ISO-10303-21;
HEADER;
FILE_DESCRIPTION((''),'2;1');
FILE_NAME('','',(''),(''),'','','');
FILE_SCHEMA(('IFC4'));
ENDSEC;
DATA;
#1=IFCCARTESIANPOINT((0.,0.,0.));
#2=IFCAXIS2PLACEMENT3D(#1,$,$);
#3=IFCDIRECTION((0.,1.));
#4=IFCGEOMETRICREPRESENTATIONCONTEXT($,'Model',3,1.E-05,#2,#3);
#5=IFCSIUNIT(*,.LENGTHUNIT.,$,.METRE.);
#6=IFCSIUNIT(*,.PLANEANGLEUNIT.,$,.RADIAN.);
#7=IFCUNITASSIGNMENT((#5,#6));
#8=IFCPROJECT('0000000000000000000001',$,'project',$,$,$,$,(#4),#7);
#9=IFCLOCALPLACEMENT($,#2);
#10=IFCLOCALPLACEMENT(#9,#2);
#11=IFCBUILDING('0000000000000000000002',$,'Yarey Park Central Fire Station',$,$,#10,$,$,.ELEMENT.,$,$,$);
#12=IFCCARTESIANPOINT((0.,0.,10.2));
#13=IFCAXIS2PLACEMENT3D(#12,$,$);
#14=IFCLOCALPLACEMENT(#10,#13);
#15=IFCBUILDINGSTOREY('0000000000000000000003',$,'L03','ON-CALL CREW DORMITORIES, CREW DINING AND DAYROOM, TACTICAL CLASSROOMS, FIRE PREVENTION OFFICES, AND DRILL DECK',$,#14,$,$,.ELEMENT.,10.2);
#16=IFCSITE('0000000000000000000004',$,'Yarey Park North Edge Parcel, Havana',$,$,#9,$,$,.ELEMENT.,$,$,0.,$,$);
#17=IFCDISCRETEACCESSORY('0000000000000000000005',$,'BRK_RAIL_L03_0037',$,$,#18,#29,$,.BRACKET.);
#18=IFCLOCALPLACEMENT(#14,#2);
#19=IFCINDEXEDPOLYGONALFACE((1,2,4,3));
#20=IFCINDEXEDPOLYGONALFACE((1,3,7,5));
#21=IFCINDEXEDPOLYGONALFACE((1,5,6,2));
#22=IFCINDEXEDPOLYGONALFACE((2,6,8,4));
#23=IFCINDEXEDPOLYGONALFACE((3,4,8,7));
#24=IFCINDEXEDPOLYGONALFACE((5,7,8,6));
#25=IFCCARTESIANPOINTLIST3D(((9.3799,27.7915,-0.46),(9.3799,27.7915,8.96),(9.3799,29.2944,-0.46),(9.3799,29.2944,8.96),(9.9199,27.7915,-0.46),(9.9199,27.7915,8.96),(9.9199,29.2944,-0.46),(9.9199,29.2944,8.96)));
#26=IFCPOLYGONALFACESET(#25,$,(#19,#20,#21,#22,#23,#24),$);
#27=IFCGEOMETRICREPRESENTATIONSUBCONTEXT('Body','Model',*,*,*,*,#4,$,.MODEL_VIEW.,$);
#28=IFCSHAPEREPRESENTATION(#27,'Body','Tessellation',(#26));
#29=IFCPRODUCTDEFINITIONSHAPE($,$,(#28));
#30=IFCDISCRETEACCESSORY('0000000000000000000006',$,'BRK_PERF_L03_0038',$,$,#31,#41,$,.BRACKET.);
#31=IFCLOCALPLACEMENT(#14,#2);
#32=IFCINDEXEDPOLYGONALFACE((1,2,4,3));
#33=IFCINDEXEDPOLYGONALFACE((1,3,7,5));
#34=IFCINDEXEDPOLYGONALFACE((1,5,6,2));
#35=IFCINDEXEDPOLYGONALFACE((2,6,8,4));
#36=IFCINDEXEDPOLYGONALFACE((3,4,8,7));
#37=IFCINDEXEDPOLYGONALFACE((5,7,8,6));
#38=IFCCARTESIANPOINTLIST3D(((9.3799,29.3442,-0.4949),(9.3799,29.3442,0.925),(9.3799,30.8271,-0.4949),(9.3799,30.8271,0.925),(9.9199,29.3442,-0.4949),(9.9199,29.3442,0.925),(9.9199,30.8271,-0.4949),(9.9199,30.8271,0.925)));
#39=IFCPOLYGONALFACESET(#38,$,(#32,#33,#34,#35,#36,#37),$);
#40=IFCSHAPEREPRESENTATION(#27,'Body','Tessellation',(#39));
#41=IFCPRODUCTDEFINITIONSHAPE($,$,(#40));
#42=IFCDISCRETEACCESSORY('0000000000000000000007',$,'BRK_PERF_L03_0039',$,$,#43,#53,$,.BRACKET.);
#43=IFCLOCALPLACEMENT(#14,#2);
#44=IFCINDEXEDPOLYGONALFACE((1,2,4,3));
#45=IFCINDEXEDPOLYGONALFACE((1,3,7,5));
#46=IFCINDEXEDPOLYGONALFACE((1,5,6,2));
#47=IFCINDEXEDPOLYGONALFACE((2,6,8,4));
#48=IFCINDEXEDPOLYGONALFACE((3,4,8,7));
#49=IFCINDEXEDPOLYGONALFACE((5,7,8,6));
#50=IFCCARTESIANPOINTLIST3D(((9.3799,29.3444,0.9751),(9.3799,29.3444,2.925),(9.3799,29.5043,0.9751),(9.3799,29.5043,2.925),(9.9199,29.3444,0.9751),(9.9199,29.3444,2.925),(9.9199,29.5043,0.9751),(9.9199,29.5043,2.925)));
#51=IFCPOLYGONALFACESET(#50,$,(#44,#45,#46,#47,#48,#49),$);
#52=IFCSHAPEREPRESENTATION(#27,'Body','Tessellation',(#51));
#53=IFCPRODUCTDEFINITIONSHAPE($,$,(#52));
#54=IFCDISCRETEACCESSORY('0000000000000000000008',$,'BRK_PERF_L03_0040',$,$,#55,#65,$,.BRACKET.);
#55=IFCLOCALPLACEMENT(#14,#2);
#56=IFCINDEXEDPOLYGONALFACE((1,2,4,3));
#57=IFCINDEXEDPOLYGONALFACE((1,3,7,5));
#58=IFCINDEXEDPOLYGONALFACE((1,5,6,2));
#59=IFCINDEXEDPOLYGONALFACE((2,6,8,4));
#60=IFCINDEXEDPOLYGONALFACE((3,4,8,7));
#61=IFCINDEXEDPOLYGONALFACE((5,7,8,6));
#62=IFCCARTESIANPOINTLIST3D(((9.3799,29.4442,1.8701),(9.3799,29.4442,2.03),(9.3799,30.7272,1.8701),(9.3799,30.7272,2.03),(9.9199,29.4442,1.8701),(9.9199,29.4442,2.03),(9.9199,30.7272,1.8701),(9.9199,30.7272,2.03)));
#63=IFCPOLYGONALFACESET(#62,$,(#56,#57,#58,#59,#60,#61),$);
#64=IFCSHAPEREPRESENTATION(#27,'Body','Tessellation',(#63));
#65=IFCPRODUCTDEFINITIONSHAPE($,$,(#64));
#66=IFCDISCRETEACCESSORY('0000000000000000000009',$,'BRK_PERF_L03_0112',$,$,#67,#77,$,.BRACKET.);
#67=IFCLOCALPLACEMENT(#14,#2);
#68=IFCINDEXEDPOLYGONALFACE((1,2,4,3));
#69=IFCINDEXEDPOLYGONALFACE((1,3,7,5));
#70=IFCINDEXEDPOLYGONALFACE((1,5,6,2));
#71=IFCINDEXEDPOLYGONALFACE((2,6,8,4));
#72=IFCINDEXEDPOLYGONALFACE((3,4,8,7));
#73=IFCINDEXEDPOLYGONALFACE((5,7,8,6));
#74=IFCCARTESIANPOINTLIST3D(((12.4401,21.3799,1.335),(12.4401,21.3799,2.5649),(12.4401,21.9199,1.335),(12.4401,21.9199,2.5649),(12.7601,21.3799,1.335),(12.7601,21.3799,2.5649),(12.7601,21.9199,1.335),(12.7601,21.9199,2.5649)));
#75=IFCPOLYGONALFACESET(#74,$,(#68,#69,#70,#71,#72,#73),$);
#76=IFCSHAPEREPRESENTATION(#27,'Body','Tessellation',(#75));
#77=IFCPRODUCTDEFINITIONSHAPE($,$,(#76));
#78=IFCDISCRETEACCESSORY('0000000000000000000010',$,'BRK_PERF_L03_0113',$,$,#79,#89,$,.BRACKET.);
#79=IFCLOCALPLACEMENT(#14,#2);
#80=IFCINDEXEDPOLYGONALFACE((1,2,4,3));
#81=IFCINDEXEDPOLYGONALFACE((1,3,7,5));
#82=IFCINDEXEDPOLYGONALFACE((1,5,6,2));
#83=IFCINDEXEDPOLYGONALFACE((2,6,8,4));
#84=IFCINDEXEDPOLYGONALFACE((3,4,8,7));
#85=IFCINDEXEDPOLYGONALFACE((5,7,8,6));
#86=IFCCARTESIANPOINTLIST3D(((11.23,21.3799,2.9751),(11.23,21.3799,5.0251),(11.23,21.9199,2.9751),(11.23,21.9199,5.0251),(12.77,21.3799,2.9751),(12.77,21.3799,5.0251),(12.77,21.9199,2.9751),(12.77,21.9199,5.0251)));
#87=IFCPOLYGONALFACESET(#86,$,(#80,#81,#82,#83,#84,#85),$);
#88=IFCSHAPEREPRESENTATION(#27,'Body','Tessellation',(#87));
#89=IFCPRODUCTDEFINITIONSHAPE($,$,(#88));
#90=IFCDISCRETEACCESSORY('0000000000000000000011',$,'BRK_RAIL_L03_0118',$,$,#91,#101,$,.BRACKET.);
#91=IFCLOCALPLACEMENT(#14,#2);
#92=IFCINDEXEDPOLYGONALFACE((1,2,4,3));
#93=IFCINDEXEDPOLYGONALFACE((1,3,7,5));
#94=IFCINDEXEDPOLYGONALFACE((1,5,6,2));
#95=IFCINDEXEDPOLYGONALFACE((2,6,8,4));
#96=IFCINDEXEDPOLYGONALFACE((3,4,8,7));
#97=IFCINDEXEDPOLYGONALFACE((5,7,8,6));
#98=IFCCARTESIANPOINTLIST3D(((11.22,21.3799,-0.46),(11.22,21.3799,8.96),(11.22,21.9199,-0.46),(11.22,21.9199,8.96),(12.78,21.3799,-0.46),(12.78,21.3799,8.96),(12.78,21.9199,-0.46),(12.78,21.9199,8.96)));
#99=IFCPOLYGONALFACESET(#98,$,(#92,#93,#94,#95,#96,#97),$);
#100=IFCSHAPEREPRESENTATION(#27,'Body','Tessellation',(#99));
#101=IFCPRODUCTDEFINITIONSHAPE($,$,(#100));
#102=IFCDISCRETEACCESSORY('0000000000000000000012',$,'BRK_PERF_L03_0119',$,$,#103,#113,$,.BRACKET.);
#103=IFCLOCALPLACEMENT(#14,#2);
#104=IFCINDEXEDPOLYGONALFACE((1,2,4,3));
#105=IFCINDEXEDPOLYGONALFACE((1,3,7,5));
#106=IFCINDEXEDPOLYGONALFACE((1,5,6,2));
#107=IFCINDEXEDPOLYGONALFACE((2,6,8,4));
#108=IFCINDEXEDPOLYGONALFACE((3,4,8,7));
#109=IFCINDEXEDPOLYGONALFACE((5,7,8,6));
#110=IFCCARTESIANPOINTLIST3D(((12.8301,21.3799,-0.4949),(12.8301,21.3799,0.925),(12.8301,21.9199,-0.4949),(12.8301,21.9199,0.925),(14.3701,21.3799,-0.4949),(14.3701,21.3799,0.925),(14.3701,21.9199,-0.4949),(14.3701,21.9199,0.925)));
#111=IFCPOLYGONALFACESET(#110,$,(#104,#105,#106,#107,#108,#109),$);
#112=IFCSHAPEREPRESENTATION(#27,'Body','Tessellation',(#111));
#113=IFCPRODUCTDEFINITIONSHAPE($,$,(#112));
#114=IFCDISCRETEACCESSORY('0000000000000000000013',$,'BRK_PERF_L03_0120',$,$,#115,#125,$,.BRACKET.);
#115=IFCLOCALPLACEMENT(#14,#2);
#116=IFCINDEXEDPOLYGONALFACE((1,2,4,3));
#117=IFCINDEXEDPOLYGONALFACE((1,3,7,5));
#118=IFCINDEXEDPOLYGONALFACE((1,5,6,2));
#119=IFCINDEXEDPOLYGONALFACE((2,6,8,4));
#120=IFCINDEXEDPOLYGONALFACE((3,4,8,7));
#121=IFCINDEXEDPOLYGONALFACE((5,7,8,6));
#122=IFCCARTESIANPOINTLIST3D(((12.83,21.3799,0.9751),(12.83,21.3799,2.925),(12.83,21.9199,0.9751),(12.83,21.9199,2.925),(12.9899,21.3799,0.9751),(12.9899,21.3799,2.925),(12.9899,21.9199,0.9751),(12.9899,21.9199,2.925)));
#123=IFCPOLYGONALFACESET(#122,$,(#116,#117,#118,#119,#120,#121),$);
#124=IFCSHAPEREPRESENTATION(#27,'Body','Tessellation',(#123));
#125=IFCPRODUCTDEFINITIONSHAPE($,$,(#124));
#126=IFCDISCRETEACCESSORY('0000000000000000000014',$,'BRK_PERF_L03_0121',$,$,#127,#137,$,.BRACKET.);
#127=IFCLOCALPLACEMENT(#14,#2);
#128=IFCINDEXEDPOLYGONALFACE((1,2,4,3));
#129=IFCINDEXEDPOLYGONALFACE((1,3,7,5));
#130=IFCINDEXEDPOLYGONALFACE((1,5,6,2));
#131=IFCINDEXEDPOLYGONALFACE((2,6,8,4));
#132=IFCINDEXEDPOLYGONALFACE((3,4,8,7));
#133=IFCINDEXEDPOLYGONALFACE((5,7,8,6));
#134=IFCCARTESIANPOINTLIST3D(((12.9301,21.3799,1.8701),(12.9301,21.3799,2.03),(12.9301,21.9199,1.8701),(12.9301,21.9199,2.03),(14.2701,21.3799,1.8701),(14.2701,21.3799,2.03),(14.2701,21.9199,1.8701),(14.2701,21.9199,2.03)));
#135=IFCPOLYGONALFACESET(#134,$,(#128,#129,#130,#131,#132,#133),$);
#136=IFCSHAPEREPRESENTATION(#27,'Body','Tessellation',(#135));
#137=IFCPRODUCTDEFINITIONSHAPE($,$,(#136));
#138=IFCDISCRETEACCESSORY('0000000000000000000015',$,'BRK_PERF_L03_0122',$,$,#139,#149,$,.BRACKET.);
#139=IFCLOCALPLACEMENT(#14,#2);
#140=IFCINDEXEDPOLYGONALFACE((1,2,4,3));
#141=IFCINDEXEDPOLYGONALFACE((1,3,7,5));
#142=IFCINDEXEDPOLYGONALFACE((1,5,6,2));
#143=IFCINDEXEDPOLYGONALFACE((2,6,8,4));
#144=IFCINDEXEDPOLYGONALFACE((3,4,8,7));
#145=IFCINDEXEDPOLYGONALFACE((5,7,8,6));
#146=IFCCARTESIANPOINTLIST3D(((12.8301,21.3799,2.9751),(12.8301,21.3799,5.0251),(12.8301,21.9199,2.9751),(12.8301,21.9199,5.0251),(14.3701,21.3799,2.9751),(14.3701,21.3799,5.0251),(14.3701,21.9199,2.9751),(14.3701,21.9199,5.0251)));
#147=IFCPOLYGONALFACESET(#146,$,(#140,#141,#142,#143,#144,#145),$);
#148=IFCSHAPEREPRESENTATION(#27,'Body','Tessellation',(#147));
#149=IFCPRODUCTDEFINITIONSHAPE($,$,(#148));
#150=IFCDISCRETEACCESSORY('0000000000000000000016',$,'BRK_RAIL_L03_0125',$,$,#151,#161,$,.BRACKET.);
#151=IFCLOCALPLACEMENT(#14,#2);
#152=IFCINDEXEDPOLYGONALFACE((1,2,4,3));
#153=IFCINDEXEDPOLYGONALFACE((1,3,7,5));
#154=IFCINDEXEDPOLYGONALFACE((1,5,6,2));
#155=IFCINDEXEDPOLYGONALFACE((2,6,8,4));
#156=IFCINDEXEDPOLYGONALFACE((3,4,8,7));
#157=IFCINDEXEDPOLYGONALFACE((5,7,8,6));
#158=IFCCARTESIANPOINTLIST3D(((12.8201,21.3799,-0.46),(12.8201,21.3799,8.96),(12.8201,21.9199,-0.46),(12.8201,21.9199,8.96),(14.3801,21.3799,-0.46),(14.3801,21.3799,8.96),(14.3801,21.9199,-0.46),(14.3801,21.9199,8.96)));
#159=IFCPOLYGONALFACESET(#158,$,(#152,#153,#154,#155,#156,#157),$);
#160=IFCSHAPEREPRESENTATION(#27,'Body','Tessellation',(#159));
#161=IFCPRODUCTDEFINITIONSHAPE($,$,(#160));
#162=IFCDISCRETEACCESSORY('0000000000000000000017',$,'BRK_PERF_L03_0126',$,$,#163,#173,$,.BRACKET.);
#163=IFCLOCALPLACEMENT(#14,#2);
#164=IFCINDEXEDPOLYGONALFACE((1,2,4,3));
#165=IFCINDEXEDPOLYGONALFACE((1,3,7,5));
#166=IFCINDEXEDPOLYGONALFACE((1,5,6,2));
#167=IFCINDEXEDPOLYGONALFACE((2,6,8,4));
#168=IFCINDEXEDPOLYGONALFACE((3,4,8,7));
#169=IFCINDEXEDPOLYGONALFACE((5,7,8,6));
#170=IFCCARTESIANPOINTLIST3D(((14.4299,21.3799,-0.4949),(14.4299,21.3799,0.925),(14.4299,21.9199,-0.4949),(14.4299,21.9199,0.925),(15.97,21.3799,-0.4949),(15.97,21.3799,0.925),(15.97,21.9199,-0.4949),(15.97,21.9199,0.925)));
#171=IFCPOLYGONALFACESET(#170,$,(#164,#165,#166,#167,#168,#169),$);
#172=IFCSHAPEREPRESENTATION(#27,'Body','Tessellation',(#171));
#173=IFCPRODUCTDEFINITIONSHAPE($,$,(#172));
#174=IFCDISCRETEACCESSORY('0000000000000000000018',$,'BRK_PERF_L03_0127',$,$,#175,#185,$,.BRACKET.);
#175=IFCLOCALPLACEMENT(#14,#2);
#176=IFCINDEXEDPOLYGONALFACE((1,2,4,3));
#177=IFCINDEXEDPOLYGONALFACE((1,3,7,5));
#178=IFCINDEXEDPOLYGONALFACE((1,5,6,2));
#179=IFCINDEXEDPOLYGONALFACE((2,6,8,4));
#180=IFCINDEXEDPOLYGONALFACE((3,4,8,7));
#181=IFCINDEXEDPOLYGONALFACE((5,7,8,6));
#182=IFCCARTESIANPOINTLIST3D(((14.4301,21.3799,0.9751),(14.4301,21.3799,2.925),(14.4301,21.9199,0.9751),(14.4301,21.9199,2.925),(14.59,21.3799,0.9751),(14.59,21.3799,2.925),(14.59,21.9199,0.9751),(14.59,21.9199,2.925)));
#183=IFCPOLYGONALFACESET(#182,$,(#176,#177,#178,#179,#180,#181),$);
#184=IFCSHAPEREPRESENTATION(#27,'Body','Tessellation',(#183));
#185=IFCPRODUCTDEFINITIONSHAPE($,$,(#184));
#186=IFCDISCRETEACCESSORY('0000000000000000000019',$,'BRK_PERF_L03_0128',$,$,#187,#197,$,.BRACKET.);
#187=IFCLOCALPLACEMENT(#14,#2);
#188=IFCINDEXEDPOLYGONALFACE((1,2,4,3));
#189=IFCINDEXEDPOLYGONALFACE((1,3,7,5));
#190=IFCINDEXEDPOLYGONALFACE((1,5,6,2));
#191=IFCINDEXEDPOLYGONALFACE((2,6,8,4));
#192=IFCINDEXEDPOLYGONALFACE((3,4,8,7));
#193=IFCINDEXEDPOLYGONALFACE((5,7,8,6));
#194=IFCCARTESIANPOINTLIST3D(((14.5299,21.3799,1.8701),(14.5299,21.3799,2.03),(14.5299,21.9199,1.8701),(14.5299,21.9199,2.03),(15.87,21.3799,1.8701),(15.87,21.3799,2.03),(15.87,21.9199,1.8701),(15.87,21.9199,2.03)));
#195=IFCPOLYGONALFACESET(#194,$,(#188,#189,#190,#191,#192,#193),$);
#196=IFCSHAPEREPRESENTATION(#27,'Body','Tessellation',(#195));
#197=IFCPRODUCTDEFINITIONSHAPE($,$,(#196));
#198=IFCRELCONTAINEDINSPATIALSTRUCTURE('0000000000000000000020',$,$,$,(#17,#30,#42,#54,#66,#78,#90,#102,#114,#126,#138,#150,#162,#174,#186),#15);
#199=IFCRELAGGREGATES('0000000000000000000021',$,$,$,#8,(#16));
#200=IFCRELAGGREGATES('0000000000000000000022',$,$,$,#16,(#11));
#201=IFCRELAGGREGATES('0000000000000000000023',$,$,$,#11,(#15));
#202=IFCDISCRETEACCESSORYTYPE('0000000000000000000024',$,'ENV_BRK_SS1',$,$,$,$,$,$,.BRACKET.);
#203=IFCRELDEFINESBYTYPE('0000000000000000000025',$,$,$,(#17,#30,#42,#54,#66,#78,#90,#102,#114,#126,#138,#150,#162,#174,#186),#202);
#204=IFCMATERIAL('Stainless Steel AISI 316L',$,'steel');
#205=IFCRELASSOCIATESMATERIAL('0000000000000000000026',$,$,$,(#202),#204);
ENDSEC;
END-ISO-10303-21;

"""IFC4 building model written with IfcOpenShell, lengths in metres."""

from ifc_helpers import new_model, si_unit, direction, frame, origin, origin_2d, place, context, subcontext, project, spatial, rectangle, extrude, material, type_object, element, save


model = new_model("IFC4")

# Units and contexts
model_context = context("Model", 3, precision=1e-05, world=origin(), true_north=direction((0.0, 1.0)))
body_context = subcontext(model_context, "Body", "Model", "MODEL_VIEW")
ifc_project = project(units=[si_unit("LENGTHUNIT", "METRE"), si_unit("PLANEANGLEUNIT", "RADIAN")], contexts=[model_context])

# Site, building, storey
site_placement = place(None, origin())
site = spatial("IfcSite", under=ifc_project, at=site_placement, Name="Yarey Park North Edge Parcel, Havana", CompositionType="ELEMENT", RefElevation=0.0)
building_placement = place(site_placement, origin())
building = spatial("IfcBuilding", under=site, at=building_placement, Name="Yarey Park Central Fire Station", CompositionType="ELEMENT")
storey_placement = place(building_placement, frame((0.0, 0.0, 10.2)))
storey = spatial("IfcBuildingStorey", under=building, at=storey_placement, Name="L03", Description="ON-CALL CREW DORMITORIES, CREW DINING AND DAYROOM, TACTICAL CLASSROOMS, FIRE PREVENTION OFFICES, AND DRILL DECK", CompositionType="ELEMENT", Elevation=10.2)

# Discrete accessories
ifc_material_1 = material(Name="Stainless Steel AISI 316L", Category="steel")
discrete_accessory_type = type_object("IfcDiscreteAccessoryType", Name="ENV_BRK_SS1", PredefinedType="BRACKET", material=ifc_material_1)
discrete_accessory_1_placement = place(storey_placement, frame((9.6499, 28.543, -0.46), z_axis=(0.0, 0.0, 1.0), x_axis=(1.0, 0.0, 0.0)))
element("IfcDiscreteAccessory", 1, at=discrete_accessory_1_placement, inside=storey, type_object=discrete_accessory_type, Name="BRK_RAIL_L03_0037", PredefinedType="BRACKET", context=body_context, shape_type="SweptSolid", body=[
    extrude(rectangle(XDim=0.54, YDim=1.5029, at=origin_2d()), origin(), (0.0, 0.0, 1.0), 9.4199),
])
discrete_accessory_2_placement = place(storey_placement, frame((9.6499, 30.0857, -0.4949), z_axis=(0.0, 0.0, 1.0), x_axis=(1.0, 0.0, 0.0)))
element("IfcDiscreteAccessory", 2, at=discrete_accessory_2_placement, inside=storey, type_object=discrete_accessory_type, Name="BRK_PERF_L03_0038", PredefinedType="BRACKET", context=body_context, shape_type="SweptSolid", body=[
    extrude(rectangle(XDim=0.54, YDim=1.4829, at=origin_2d()), origin(), (0.0, 0.0, 1.0), 1.4199),
])
discrete_accessory_3_placement = place(storey_placement, frame((9.6499, 29.4243, 0.9751), z_axis=(0.0, 0.0, 1.0), x_axis=(1.0, 0.0, 0.0)))
element("IfcDiscreteAccessory", 3, at=discrete_accessory_3_placement, inside=storey, type_object=discrete_accessory_type, Name="BRK_PERF_L03_0039", PredefinedType="BRACKET", context=body_context, shape_type="SweptSolid", body=[
    extrude(rectangle(XDim=0.54, YDim=0.1599, at=origin_2d()), origin(), (0.0, 0.0, 1.0), 1.95),
])
discrete_accessory_4_placement = place(storey_placement, frame((9.6499, 30.0857, 1.8701), z_axis=(0.0, 0.0, 1.0), x_axis=(1.0, 0.0, 0.0)))
element("IfcDiscreteAccessory", 4, at=discrete_accessory_4_placement, inside=storey, type_object=discrete_accessory_type, Name="BRK_PERF_L03_0040", PredefinedType="BRACKET", context=body_context, shape_type="SweptSolid", body=[
    extrude(rectangle(XDim=0.54, YDim=1.283, at=origin_2d()), origin(), (0.0, 0.0, 1.0), 0.1599),
])
discrete_accessory_5_placement = place(storey_placement, frame((12.6001, 21.6499, 1.335), z_axis=(0.0, 0.0, 1.0), x_axis=(1.0, 0.0, 0.0)))
element("IfcDiscreteAccessory", 5, at=discrete_accessory_5_placement, inside=storey, type_object=discrete_accessory_type, Name="BRK_PERF_L03_0112", PredefinedType="BRACKET", context=body_context, shape_type="SweptSolid", body=[
    extrude(rectangle(XDim=0.3201, YDim=0.54, at=origin_2d()), origin(), (0.0, 0.0, 1.0), 1.23),
])
discrete_accessory_6_placement = place(storey_placement, frame((12.0, 21.6499, 2.9751), z_axis=(0.0, 0.0, 1.0), x_axis=(1.0, 0.0, 0.0)))
element("IfcDiscreteAccessory", 6, at=discrete_accessory_6_placement, inside=storey, type_object=discrete_accessory_type, Name="BRK_PERF_L03_0113", PredefinedType="BRACKET", context=body_context, shape_type="SweptSolid", body=[
    extrude(rectangle(XDim=1.54, YDim=0.54, at=origin_2d()), origin(), (0.0, 0.0, 1.0), 2.05),
])
discrete_accessory_7_placement = place(storey_placement, frame((12.0, 21.6499, -0.46), z_axis=(0.0, 0.0, 1.0), x_axis=(1.0, 0.0, 0.0)))
element("IfcDiscreteAccessory", 7, at=discrete_accessory_7_placement, inside=storey, type_object=discrete_accessory_type, Name="BRK_RAIL_L03_0118", PredefinedType="BRACKET", context=body_context, shape_type="SweptSolid", body=[
    extrude(rectangle(XDim=1.5601, YDim=0.54, at=origin_2d()), origin(), (0.0, 0.0, 1.0), 9.4199),
])
discrete_accessory_8_placement = place(storey_placement, frame((13.6001, 21.6499, -0.4949), z_axis=(0.0, 0.0, 1.0), x_axis=(1.0, 0.0, 0.0)))
element("IfcDiscreteAccessory", 8, at=discrete_accessory_8_placement, inside=storey, type_object=discrete_accessory_type, Name="BRK_PERF_L03_0119", PredefinedType="BRACKET", context=body_context, shape_type="SweptSolid", body=[
    extrude(rectangle(XDim=1.54, YDim=0.54, at=origin_2d()), origin(), (0.0, 0.0, 1.0), 1.4199),
])
discrete_accessory_9_placement = place(storey_placement, frame((12.9099, 21.6499, 0.9751), z_axis=(0.0, 0.0, 1.0), x_axis=(1.0, 0.0, 0.0)))
element("IfcDiscreteAccessory", 9, at=discrete_accessory_9_placement, inside=storey, type_object=discrete_accessory_type, Name="BRK_PERF_L03_0120", PredefinedType="BRACKET", context=body_context, shape_type="SweptSolid", body=[
    extrude(rectangle(XDim=0.1599, YDim=0.54, at=origin_2d()), origin(), (0.0, 0.0, 1.0), 1.95),
])
discrete_accessory_10_placement = place(storey_placement, frame((13.6001, 21.6499, 1.8701), z_axis=(0.0, 0.0, 1.0), x_axis=(1.0, 0.0, 0.0)))
element("IfcDiscreteAccessory", 10, at=discrete_accessory_10_placement, inside=storey, type_object=discrete_accessory_type, Name="BRK_PERF_L03_0121", PredefinedType="BRACKET", context=body_context, shape_type="SweptSolid", body=[
    extrude(rectangle(XDim=1.3401, YDim=0.54, at=origin_2d()), origin(), (0.0, 0.0, 1.0), 0.1599),
])
discrete_accessory_11_placement = place(storey_placement, frame((13.6001, 21.6499, 2.9751), z_axis=(0.0, 0.0, 1.0), x_axis=(1.0, 0.0, 0.0)))
element("IfcDiscreteAccessory", 11, at=discrete_accessory_11_placement, inside=storey, type_object=discrete_accessory_type, Name="BRK_PERF_L03_0122", PredefinedType="BRACKET", context=body_context, shape_type="SweptSolid", body=[
    extrude(rectangle(XDim=1.54, YDim=0.54, at=origin_2d()), origin(), (0.0, 0.0, 1.0), 2.05),
])
discrete_accessory_12_placement = place(storey_placement, frame((13.6001, 21.6499, -0.46), z_axis=(0.0, 0.0, 1.0), x_axis=(1.0, 0.0, 0.0)))
element("IfcDiscreteAccessory", 12, at=discrete_accessory_12_placement, inside=storey, type_object=discrete_accessory_type, Name="BRK_RAIL_L03_0125", PredefinedType="BRACKET", context=body_context, shape_type="SweptSolid", body=[
    extrude(rectangle(XDim=1.5601, YDim=0.54, at=origin_2d()), origin(), (0.0, 0.0, 1.0), 9.4199),
])
discrete_accessory_13_placement = place(storey_placement, frame((15.2, 21.6499, -0.4949), z_axis=(0.0, 0.0, 1.0), x_axis=(1.0, 0.0, 0.0)))
element("IfcDiscreteAccessory", 13, at=discrete_accessory_13_placement, inside=storey, type_object=discrete_accessory_type, Name="BRK_PERF_L03_0126", PredefinedType="BRACKET", context=body_context, shape_type="SweptSolid", body=[
    extrude(rectangle(XDim=1.54, YDim=0.54, at=origin_2d()), origin(), (0.0, 0.0, 1.0), 1.4199),
])
discrete_accessory_14_placement = place(storey_placement, frame((14.51, 21.6499, 0.9751), z_axis=(0.0, 0.0, 1.0), x_axis=(1.0, 0.0, 0.0)))
element("IfcDiscreteAccessory", 14, at=discrete_accessory_14_placement, inside=storey, type_object=discrete_accessory_type, Name="BRK_PERF_L03_0127", PredefinedType="BRACKET", context=body_context, shape_type="SweptSolid", body=[
    extrude(rectangle(XDim=0.1599, YDim=0.54, at=origin_2d()), origin(), (0.0, 0.0, 1.0), 1.95),
])
discrete_accessory_15_placement = place(storey_placement, frame((15.2, 21.6499, 1.8701), z_axis=(0.0, 0.0, 1.0), x_axis=(1.0, 0.0, 0.0)))
element("IfcDiscreteAccessory", 15, at=discrete_accessory_15_placement, inside=storey, type_object=discrete_accessory_type, Name="BRK_PERF_L03_0128", PredefinedType="BRACKET", context=body_context, shape_type="SweptSolid", body=[
    extrude(rectangle(XDim=1.3401, YDim=0.54, at=origin_2d()), origin(), (0.0, 0.0, 1.0), 0.1599),
])

save(model, "model.ifc")
